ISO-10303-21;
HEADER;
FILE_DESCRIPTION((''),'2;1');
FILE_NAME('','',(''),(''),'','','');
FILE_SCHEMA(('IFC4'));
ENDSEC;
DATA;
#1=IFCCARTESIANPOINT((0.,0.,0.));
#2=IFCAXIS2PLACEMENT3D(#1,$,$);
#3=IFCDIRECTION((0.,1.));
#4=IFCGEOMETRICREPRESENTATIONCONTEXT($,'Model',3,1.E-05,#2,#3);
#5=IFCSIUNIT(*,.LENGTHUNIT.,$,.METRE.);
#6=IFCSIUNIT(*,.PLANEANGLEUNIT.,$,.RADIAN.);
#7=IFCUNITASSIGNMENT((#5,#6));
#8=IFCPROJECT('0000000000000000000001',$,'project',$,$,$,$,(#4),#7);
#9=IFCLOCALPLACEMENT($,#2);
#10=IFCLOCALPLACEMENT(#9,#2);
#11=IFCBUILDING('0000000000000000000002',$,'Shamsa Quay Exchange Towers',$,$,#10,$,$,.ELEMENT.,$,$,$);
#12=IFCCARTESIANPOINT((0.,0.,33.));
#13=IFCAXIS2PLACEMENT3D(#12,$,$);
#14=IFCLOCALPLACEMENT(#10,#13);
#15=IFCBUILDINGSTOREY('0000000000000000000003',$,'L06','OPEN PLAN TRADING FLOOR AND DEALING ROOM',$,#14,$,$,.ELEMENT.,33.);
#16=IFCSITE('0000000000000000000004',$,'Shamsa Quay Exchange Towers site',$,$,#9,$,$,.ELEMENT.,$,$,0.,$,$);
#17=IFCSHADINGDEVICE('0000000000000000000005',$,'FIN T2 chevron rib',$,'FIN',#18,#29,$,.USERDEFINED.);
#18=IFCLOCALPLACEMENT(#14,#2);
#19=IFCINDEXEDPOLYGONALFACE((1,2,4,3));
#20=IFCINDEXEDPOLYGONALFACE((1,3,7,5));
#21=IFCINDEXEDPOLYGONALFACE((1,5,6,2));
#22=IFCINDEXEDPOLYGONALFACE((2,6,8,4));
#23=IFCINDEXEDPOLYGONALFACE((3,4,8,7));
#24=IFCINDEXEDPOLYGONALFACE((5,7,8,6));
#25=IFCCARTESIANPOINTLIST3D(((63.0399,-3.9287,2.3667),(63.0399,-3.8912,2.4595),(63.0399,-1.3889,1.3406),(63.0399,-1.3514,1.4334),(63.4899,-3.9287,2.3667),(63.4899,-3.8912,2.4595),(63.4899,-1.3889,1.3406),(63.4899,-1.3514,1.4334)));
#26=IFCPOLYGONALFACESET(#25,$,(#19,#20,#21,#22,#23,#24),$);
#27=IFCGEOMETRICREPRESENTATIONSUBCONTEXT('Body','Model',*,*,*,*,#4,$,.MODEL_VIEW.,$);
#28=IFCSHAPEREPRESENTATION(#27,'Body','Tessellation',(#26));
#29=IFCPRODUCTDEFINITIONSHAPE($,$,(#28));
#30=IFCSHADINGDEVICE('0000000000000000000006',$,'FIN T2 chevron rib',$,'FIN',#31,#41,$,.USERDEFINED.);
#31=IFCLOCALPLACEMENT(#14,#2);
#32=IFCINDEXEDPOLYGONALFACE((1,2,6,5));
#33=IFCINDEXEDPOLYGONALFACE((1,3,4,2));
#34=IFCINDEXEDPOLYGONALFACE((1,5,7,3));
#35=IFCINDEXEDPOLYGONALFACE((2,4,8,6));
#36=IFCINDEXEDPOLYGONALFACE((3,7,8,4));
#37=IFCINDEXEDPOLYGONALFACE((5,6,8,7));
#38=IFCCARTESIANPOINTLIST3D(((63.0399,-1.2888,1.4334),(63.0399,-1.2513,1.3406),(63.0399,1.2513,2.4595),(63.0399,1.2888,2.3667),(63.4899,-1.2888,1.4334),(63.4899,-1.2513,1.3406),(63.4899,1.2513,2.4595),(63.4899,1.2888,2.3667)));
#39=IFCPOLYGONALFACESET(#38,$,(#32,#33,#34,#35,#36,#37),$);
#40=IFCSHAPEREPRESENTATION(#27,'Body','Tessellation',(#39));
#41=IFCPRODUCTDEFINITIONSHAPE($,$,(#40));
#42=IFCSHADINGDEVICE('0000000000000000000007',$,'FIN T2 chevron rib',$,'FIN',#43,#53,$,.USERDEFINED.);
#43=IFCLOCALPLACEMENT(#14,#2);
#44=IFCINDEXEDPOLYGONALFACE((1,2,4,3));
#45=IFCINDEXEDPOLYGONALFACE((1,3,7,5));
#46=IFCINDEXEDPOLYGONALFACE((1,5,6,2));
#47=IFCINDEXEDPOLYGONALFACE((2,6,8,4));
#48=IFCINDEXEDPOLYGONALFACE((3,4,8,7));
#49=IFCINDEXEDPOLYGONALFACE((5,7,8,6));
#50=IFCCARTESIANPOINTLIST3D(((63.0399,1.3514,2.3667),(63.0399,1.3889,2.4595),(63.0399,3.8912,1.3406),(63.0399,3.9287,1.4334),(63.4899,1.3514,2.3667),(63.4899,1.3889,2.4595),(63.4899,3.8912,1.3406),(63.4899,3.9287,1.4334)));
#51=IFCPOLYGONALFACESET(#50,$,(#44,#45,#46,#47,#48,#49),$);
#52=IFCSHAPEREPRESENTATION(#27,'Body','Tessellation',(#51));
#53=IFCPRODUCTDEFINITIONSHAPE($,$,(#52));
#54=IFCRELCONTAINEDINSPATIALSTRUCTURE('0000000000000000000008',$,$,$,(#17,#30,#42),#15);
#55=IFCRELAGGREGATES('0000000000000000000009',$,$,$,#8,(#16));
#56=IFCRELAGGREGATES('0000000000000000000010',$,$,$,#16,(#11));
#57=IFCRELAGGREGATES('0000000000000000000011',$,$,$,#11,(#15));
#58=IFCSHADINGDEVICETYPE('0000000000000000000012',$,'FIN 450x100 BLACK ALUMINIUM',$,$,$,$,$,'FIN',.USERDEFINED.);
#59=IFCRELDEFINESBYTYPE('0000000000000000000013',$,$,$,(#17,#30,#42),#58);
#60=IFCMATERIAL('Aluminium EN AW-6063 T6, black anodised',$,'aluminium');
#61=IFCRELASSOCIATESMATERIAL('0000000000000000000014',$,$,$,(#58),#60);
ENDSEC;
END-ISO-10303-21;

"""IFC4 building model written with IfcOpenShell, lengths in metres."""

from ifc_helpers import new_model, si_unit, direction, frame, origin, origin_2d, place, context, subcontext, project, spatial, rectangle, extrude, material, material_profile, profile_set, type_object, element, save


model = new_model("IFC4")

# Units and contexts
model_context = context("Model", 3, precision=1e-05, world=origin(), true_north=direction((0.0, 1.0)))
body_context = subcontext(model_context, "Body", "Model", "MODEL_VIEW")
ifc_project = project(units=[si_unit("LENGTHUNIT", "METRE"), si_unit("PLANEANGLEUNIT", "RADIAN")], contexts=[model_context])

# Site, building, storey
site_placement = place(None, origin())
site = spatial("IfcSite", under=ifc_project, at=site_placement, Name="Shamsa Quay Exchange Towers site", CompositionType="ELEMENT", RefElevation=0.0)
building_placement = place(site_placement, origin())
building = spatial("IfcBuilding", under=site, at=building_placement, Name="Shamsa Quay Exchange Towers", CompositionType="ELEMENT")
storey_placement = place(building_placement, frame((0.0, 0.0, 33.0)))
storey = spatial("IfcBuildingStorey", under=building, at=storey_placement, Name="L06", Description="OPEN PLAN TRADING FLOOR AND DEALING ROOM", CompositionType="ELEMENT", Elevation=33.0)

# Shared definitions
ifc_material_1 = material(Name="Aluminium EN AW-6063 T6, black anodised", Category="aluminium")

# Shading devices
ifc_material_profile_1 = material_profile(ifc_material_1, rectangle(XDim=0.45, YDim=0.1001, at=origin_2d()), Name="FIN450x100")
ifc_profile_set_1 = profile_set([ifc_material_profile_1], Name="Aluminium EN AW-6063 T6, black anodised")
shading_device_type = type_object("IfcShadingDeviceType", Name="FIN 450x100 BLACK ALUMINIUM", ElementType="FIN", PredefinedType="USERDEFINED", material=ifc_profile_set_1)
shading_device_1_placement = place(storey_placement, frame((63.2649, -3.9099, 2.4131), z_axis=(0.0, 0.927186, -0.3746), x_axis=(-1.0, 0.0, 0.0)))
element("IfcShadingDevice", 1, at=shading_device_1_placement, inside=storey, type_object=shading_device_type, Name="FIN T2 chevron rib", ObjectType="FIN", PredefinedType="USERDEFINED", context=body_context, shape_type="SweptSolid", body=[
    extrude(rectangle(XDim=0.45, YDim=0.1001, at=origin_2d()), origin(), (0.0, 0.0, 1.0), 2.7393),
])
shading_device_2_placement = place(storey_placement, frame((63.2649, -1.27, 1.387), z_axis=(0.0, 0.927199, 0.374569), x_axis=(-1.0, 0.0, 0.0)))
element("IfcShadingDevice", 2, at=shading_device_2_placement, inside=storey, type_object=shading_device_type, Name="FIN T2 chevron rib", ObjectType="FIN", PredefinedType="USERDEFINED", context=body_context, shape_type="SweptSolid", body=[
    extrude(rectangle(XDim=0.45, YDim=0.1001, at=origin_2d()), origin(), (0.0, 0.0, 1.0), 2.7395),
])
shading_device_3_placement = place(storey_placement, frame((63.2649, 1.3701, 2.4131), z_axis=(0.0, 0.927186, -0.3746), x_axis=(-1.0, 0.0, 0.0)))
element("IfcShadingDevice", 3, at=shading_device_3_placement, inside=storey, type_object=shading_device_type, Name="FIN T2 chevron rib", ObjectType="FIN", PredefinedType="USERDEFINED", context=body_context, shape_type="SweptSolid", body=[
    extrude(rectangle(XDim=0.45, YDim=0.1001, at=origin_2d()), origin(), (0.0, 0.0, 1.0), 2.7393),
])

save(model, "model.ifc")
